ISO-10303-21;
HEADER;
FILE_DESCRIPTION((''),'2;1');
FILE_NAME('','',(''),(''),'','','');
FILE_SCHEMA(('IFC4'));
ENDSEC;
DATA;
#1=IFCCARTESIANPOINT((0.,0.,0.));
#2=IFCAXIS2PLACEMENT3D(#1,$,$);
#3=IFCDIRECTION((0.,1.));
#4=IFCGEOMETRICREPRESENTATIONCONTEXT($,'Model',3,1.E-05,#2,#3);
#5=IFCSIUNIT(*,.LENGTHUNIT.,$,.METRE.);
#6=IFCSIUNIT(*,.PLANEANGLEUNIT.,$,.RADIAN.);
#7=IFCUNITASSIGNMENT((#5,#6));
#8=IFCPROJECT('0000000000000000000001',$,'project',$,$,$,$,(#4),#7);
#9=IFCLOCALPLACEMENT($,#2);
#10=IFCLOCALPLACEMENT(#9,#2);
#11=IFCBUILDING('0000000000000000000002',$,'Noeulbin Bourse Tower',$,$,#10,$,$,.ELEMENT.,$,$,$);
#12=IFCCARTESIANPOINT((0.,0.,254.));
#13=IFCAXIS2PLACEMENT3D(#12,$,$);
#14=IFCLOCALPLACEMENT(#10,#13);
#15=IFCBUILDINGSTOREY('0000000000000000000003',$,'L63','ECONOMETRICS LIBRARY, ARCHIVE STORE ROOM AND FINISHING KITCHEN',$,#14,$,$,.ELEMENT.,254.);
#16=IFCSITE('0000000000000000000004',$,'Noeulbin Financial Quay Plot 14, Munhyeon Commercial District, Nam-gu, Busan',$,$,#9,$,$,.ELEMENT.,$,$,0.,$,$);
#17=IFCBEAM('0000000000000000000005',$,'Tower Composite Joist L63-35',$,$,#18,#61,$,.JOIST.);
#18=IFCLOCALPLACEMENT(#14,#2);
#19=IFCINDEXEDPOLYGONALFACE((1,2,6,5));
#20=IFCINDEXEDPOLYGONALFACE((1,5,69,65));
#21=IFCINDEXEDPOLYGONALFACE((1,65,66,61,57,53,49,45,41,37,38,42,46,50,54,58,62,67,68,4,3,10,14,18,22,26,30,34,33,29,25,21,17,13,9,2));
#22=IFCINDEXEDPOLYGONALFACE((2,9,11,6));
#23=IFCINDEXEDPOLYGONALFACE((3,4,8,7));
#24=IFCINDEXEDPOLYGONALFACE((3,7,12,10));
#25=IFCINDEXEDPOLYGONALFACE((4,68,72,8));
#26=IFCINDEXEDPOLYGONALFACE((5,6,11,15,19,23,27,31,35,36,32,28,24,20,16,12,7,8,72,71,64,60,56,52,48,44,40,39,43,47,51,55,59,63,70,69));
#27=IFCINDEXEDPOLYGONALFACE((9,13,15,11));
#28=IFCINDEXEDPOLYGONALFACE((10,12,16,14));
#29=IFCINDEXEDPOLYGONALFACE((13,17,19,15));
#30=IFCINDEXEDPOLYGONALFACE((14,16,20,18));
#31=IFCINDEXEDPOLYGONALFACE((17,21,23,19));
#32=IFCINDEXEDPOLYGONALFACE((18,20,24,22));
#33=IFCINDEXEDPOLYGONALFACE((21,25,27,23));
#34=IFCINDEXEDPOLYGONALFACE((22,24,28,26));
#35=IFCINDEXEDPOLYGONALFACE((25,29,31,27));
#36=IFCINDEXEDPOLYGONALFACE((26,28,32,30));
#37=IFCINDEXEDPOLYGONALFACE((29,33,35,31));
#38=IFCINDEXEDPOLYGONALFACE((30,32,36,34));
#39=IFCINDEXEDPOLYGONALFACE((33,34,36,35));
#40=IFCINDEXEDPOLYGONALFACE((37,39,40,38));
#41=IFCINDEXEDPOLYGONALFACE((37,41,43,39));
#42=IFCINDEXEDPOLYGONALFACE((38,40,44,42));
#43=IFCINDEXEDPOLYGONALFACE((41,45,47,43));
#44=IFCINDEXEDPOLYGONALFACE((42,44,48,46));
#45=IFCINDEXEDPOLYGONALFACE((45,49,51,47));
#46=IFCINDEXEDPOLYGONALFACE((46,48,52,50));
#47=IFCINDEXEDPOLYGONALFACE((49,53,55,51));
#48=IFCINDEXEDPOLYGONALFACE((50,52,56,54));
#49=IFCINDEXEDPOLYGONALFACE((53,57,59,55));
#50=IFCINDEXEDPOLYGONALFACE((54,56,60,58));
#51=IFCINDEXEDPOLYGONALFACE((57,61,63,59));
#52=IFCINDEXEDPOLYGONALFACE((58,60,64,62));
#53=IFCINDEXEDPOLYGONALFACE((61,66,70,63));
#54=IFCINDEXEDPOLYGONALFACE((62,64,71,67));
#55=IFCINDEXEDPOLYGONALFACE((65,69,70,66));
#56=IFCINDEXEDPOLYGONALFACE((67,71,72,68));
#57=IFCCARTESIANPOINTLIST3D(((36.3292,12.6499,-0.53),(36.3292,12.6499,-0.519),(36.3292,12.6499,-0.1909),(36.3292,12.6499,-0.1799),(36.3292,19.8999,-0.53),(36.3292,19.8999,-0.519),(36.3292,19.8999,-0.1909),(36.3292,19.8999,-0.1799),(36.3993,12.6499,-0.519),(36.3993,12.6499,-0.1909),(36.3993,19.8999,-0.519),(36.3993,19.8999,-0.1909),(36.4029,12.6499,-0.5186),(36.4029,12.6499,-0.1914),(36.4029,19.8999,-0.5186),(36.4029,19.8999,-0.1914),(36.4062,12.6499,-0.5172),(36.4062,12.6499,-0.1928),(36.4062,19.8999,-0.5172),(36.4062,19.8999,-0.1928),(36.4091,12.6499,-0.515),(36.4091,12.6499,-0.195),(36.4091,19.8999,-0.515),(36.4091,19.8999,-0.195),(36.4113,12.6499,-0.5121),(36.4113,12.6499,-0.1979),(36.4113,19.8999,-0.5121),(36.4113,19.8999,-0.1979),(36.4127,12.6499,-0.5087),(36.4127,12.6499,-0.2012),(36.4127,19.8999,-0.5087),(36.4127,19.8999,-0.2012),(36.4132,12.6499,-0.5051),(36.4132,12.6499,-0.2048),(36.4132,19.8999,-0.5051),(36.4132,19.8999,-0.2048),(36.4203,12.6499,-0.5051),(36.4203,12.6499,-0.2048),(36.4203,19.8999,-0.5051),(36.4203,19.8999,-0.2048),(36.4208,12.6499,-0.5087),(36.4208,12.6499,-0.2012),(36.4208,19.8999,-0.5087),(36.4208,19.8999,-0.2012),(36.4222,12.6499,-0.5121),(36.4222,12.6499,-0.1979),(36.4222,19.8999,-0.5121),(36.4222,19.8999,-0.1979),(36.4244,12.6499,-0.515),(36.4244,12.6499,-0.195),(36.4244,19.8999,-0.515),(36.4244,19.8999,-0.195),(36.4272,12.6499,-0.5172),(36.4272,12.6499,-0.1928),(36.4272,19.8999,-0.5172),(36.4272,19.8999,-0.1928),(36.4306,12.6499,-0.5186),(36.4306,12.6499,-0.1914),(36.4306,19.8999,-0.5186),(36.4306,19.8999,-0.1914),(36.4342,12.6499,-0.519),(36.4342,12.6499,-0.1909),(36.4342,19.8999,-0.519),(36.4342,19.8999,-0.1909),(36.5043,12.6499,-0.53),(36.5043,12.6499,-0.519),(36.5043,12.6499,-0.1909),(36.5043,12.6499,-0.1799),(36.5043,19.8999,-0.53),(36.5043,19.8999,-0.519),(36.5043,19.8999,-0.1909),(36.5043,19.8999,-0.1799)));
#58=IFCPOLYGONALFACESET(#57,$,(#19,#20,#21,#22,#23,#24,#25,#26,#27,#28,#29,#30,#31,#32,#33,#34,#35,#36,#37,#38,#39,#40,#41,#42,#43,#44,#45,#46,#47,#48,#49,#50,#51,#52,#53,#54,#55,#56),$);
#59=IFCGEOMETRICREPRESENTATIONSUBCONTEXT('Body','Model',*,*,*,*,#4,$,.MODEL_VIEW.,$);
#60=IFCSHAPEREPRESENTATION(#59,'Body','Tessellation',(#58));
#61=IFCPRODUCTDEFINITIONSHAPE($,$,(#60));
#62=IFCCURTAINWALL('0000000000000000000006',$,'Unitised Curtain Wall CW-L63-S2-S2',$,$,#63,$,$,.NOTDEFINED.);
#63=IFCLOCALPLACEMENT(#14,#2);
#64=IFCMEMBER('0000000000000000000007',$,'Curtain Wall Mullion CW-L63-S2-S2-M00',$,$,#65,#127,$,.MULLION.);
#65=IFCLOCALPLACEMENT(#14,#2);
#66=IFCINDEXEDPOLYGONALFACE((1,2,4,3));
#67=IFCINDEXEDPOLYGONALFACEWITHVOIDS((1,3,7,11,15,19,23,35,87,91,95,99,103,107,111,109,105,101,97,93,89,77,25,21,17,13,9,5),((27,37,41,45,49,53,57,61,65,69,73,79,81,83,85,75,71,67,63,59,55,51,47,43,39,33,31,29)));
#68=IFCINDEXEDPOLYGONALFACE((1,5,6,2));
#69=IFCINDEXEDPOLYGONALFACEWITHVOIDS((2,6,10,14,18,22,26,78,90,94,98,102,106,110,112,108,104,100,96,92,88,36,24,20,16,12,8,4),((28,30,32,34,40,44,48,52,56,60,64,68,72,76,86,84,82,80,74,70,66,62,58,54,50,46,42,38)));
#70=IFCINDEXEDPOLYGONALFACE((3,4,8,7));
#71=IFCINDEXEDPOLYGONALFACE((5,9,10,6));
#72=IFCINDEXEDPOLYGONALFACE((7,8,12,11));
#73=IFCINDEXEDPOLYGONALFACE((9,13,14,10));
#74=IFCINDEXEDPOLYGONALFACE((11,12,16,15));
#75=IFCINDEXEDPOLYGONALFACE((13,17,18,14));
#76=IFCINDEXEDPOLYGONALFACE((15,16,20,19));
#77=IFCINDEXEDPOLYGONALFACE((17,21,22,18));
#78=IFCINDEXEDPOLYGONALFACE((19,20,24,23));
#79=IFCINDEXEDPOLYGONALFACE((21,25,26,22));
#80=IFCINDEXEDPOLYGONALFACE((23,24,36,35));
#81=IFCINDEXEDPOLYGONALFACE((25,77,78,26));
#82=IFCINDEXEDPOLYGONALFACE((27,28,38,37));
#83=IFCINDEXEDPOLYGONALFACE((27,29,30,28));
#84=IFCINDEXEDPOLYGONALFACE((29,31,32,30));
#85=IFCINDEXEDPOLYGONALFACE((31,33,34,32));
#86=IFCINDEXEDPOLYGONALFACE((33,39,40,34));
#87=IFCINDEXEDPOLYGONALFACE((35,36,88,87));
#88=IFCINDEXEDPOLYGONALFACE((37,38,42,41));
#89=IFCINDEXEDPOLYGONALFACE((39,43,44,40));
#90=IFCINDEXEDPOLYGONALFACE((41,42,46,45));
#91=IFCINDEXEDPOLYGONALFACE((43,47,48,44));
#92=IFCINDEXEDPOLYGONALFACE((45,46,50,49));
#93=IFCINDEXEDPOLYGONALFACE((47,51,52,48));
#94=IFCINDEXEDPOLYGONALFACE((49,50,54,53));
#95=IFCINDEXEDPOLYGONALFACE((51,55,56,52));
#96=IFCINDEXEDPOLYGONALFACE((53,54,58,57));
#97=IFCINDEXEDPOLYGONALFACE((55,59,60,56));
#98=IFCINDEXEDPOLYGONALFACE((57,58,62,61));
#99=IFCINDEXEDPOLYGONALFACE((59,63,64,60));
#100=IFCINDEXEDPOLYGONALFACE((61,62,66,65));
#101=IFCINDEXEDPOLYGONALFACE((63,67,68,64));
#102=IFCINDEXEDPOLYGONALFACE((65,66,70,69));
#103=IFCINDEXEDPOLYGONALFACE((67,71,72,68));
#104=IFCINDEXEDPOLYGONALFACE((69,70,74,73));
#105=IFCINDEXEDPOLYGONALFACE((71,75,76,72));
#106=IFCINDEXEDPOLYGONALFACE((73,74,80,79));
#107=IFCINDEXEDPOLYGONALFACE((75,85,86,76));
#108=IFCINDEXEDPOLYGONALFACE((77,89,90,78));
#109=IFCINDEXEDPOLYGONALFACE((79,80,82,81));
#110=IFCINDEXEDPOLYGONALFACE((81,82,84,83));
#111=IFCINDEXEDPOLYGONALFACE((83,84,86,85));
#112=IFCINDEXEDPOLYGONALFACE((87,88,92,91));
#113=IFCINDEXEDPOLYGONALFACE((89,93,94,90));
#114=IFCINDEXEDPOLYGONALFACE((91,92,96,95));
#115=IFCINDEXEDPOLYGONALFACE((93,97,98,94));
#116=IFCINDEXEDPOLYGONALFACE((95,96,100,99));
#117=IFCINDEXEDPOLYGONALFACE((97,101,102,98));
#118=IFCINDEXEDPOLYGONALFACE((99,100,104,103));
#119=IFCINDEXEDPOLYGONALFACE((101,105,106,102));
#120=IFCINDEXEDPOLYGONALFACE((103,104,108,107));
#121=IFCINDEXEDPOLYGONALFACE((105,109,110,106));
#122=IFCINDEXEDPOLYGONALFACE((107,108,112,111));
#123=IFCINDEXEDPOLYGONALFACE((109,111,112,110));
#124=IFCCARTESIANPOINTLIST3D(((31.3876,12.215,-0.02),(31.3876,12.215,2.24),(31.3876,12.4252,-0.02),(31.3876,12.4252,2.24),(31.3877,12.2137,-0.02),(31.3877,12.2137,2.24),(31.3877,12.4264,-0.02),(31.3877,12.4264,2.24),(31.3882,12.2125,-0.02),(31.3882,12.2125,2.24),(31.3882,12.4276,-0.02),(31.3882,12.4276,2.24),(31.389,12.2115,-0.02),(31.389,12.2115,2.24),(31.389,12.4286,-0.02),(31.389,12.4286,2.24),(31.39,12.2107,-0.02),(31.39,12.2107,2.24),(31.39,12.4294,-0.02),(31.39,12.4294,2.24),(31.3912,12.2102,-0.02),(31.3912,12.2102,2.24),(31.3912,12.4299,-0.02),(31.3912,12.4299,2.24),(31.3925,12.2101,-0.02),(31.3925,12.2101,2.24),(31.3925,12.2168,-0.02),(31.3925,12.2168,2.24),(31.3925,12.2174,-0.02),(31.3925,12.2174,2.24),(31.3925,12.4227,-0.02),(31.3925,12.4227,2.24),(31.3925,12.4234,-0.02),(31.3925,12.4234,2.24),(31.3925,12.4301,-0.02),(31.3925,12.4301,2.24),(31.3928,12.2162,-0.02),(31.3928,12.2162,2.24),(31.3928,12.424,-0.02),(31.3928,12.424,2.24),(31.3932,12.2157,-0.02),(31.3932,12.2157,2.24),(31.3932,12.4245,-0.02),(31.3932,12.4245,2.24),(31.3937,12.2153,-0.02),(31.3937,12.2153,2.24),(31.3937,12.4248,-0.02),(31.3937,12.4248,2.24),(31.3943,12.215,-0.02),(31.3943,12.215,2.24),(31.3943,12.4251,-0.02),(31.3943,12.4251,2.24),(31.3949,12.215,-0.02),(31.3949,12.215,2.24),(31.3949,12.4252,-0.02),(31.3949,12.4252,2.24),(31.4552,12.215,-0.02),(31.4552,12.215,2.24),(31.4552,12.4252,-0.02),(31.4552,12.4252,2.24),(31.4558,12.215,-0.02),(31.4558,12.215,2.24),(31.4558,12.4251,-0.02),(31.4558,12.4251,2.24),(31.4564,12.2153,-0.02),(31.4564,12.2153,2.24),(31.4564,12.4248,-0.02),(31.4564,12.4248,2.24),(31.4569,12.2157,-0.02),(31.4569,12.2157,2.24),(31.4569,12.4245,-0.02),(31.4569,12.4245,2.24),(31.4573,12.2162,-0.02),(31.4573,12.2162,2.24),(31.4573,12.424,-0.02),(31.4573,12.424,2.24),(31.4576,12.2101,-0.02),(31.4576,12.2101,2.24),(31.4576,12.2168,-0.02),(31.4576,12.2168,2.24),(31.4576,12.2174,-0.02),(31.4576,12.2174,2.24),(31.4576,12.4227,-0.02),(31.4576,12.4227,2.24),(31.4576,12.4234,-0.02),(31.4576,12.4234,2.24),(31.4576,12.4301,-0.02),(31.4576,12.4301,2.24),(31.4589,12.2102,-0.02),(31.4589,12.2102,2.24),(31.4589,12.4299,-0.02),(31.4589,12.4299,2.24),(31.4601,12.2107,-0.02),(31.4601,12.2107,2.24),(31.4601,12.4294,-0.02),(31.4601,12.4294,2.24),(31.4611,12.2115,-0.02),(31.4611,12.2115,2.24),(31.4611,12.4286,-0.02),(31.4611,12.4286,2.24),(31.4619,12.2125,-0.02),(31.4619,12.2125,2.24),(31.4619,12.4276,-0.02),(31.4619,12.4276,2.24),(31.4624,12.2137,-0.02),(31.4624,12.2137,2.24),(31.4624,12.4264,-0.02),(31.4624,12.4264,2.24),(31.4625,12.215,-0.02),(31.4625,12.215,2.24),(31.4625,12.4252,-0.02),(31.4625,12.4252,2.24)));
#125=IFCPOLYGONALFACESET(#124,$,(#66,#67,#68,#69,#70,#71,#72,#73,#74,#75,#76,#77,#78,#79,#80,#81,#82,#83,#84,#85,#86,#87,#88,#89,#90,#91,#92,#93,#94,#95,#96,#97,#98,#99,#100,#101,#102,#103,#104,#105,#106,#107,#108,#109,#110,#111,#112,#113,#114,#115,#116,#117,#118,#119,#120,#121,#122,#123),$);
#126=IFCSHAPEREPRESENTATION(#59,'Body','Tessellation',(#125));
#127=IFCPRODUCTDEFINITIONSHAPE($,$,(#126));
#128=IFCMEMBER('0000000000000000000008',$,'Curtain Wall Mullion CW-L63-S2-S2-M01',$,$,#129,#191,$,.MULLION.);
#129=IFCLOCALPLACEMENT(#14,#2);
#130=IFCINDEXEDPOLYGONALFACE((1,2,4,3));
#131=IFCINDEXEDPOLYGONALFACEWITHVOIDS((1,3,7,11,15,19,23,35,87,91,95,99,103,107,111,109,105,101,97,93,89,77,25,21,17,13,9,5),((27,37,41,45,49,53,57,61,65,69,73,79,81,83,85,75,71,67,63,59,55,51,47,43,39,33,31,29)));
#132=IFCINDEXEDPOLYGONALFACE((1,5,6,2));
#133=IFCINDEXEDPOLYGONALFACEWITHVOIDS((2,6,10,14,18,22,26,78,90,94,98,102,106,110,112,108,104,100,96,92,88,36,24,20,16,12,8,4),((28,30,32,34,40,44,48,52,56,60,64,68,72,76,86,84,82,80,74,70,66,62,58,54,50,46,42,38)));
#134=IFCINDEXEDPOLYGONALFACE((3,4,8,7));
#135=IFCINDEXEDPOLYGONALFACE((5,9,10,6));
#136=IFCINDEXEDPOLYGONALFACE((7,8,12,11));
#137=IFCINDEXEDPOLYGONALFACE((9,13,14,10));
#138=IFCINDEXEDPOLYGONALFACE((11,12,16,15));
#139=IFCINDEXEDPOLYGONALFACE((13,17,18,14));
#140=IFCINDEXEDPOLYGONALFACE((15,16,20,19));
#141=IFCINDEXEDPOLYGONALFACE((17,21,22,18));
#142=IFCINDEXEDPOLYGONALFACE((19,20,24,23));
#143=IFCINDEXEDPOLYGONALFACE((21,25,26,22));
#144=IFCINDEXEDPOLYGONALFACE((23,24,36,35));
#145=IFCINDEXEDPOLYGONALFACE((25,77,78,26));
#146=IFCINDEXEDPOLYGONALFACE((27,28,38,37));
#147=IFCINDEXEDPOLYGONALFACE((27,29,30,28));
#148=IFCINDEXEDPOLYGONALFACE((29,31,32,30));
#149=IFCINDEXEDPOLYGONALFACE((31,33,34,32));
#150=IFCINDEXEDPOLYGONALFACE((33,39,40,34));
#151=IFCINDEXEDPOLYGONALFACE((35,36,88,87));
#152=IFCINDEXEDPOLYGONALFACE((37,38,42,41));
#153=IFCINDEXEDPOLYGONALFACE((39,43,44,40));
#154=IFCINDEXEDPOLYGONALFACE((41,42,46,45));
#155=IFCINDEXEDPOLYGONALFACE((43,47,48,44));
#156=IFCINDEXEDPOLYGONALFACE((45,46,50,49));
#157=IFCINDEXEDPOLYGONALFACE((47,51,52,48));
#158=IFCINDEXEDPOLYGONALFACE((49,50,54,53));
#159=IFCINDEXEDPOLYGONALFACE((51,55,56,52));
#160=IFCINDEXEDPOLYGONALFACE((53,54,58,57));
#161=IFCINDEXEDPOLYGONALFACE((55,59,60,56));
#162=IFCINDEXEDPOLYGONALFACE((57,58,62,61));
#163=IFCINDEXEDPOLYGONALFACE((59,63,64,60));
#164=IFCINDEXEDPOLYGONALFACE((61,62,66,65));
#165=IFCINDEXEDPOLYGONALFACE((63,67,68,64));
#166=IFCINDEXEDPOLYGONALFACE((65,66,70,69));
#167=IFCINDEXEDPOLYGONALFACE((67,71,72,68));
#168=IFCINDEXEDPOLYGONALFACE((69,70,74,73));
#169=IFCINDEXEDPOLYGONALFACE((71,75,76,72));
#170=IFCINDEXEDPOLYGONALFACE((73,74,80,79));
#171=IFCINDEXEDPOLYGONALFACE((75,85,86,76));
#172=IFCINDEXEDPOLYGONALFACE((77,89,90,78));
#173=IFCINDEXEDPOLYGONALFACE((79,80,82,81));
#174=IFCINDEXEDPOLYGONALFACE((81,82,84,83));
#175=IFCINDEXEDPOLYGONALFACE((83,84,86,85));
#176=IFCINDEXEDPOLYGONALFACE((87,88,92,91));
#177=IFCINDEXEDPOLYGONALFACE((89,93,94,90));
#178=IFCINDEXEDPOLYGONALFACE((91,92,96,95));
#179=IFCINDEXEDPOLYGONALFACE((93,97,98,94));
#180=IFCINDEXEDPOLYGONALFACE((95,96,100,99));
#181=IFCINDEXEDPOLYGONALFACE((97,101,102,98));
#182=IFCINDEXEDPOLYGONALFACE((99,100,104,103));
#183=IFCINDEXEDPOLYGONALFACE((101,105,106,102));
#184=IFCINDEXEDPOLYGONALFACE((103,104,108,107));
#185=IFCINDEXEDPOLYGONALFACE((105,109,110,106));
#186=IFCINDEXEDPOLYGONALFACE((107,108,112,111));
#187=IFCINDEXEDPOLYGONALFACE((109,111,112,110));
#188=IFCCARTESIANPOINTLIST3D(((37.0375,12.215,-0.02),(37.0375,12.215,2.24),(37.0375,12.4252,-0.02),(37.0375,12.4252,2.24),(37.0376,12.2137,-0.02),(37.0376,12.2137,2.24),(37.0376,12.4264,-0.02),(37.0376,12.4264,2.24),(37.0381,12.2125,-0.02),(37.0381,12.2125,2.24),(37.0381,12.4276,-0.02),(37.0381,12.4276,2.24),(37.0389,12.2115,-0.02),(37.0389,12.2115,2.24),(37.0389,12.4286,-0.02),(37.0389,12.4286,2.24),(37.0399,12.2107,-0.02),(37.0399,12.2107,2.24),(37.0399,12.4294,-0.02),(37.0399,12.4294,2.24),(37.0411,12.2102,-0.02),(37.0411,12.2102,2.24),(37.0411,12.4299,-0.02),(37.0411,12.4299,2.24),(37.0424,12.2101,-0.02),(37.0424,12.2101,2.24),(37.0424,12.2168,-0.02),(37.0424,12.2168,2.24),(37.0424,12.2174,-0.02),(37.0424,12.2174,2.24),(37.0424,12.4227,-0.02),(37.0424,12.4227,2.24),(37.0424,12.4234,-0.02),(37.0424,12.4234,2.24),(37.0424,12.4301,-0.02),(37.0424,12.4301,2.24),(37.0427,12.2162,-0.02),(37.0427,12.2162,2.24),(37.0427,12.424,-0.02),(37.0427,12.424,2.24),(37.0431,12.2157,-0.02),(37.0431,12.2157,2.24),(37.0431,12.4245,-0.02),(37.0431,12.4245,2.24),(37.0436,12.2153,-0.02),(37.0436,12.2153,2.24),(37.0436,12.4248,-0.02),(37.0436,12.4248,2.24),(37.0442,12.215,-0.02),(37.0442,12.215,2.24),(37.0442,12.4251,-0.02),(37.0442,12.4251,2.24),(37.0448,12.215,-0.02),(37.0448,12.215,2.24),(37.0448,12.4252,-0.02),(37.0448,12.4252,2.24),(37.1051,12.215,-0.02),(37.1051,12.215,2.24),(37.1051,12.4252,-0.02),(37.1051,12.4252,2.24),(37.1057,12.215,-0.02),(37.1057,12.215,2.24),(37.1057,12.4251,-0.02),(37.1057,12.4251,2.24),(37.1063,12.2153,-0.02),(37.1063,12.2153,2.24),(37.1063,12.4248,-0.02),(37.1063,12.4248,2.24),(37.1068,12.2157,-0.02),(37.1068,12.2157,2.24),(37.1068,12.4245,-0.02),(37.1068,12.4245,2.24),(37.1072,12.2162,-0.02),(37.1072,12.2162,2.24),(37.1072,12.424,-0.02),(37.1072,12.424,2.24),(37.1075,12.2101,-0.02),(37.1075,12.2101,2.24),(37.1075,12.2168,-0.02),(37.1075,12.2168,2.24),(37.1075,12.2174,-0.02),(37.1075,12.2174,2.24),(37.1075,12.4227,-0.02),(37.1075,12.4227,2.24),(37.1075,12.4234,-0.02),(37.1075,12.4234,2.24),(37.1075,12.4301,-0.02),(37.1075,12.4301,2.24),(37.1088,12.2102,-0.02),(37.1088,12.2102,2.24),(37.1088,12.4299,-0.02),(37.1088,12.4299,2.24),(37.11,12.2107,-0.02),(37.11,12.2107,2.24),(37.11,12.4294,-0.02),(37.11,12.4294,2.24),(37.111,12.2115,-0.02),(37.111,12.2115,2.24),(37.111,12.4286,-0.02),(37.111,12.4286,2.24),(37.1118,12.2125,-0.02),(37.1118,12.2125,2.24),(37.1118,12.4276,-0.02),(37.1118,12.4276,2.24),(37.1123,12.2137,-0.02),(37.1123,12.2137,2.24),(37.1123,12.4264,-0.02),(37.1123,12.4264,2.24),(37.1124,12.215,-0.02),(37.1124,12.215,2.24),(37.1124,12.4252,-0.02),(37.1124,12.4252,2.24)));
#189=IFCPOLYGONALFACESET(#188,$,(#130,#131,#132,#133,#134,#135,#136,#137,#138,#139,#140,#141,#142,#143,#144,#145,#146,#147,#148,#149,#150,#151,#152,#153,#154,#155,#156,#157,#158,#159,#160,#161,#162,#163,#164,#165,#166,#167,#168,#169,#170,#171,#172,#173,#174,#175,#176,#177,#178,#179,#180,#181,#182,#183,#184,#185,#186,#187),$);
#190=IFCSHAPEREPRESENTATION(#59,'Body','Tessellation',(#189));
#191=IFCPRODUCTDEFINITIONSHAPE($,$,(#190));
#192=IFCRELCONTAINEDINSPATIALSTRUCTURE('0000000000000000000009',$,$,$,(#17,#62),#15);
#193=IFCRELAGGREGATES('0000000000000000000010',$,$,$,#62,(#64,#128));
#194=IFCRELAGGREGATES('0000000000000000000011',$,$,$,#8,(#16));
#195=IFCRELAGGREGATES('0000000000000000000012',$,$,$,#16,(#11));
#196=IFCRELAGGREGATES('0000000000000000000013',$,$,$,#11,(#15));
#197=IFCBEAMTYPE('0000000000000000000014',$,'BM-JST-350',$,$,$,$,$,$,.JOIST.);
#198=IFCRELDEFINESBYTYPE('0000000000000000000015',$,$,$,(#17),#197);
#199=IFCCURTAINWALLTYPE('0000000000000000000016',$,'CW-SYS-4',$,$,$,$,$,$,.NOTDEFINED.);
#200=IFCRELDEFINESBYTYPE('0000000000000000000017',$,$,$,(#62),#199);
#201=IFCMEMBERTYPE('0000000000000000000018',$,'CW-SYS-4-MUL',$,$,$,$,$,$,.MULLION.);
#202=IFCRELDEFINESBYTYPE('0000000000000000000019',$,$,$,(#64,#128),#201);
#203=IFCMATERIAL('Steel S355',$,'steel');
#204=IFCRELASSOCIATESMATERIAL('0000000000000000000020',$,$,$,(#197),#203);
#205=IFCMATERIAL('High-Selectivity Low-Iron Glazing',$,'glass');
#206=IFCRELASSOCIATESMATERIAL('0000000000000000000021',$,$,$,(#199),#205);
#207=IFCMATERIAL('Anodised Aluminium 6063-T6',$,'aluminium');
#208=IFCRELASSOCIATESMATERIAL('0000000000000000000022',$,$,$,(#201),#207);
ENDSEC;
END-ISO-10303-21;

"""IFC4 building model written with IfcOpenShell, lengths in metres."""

from ifc_helpers import new_model, si_unit, direction, frame, origin, origin_2d, place, context, subcontext, project, spatial, hollow_rectangle, i_section, extrude, material, material_profile, profile_set, type_object, element, aggregate, save


model = new_model("IFC4")

# Units and contexts
model_context = context("Model", 3, precision=1e-05, world=origin(), true_north=direction((0.0, 1.0)))
body_context = subcontext(model_context, "Body", "Model", "MODEL_VIEW")
ifc_project = project(units=[si_unit("LENGTHUNIT", "METRE"), si_unit("PLANEANGLEUNIT", "RADIAN")], contexts=[model_context])

# Site, building, storey
site_placement = place(None, origin())
site = spatial("IfcSite", under=ifc_project, at=site_placement, Name="Noeulbin Financial Quay Plot 14, Munhyeon Commercial District, Nam-gu, Busan", CompositionType="ELEMENT", RefElevation=0.0)
building_placement = place(site_placement, origin())
building = spatial("IfcBuilding", under=site, at=building_placement, Name="Noeulbin Bourse Tower", CompositionType="ELEMENT")
storey_placement = place(building_placement, frame((0.0, 0.0, 254.0)))
storey = spatial("IfcBuildingStorey", under=building, at=storey_placement, Name="L63", Description="ECONOMETRICS LIBRARY, ARCHIVE STORE ROOM AND FINISHING KITCHEN", CompositionType="ELEMENT", Elevation=254.0)

# Shared definitions
ifc_material_1 = material(Name="Steel S355", Category="steel")

# Beam
ifc_material_profile_1 = material_profile(ifc_material_1, i_section(OverallWidth=0.175, OverallDepth=0.3501, WebThickness=0.0071, FlangeThickness=0.011, FilletRadius=0.0139, at=origin_2d()), Name="H-350x175x7x11", Category="LoadBearing")
ifc_profile_set_1 = profile_set([ifc_material_profile_1], Name="Steel S355")
beam_type_1 = type_object("IfcBeamType", Name="BM-JST-350", PredefinedType="JOIST", material=ifc_profile_set_1)
for number, where, z_axis, x_axis, name in (
    (1, (36.4167, 12.6499, -0.355), (0.0, 1.0, 0.0), (-1.0, 0.0, 0.0), "Tower Composite Joist L63-35"),
):
    element("IfcBeam", number, at=place(storey_placement, frame(where, z_axis=z_axis, x_axis=x_axis)), inside=storey, type_object=beam_type_1, Name=name, PredefinedType="JOIST", context=body_context, shape_type="SweptSolid", body=[
        extrude(i_section(OverallWidth=0.175, OverallDepth=0.3501, WebThickness=0.0071, FlangeThickness=0.011, FilletRadius=0.0139, at=origin_2d()), origin(), (0.0, 0.0, 1.0), 7.25),
    ])

# Curtain wall, members
ifc_material_2 = material(Name="High-Selectivity Low-Iron Glazing", Category="glass")
curtain_wall_type = type_object("IfcCurtainWallType", Name="CW-SYS-4", PredefinedType="NOTDEFINED", material=ifc_material_2)
curtain_wall_1_placement = place(storey_placement, origin())
curtain_wall_1 = element("IfcCurtainWall", 2, at=curtain_wall_1_placement, inside=storey, type_object=curtain_wall_type, Name="Unitised Curtain Wall CW-L63-S2-S2", PredefinedType="NOTDEFINED")
ifc_material_3 = material(Name="Anodised Aluminium 6063-T6", Category="aluminium")
ifc_material_profile_2 = material_profile(ifc_material_3, hollow_rectangle(XDim=0.075, YDim=0.22, WallThickness=0.0049, InnerFilletRadius=0.0024, OuterFilletRadius=0.0049, at=origin_2d()), Name="ALU-MULL-75x220x5", Category="LoadBearing")
ifc_profile_set_2 = profile_set([ifc_material_profile_2], Name="Anodised Aluminium 6063-T6")
member_type_1 = type_object("IfcMemberType", Name="CW-SYS-4-MUL", PredefinedType="MULLION", material=ifc_profile_set_2)
member_1_placement = place(storey_placement, frame((31.425, 12.3201, -0.02), z_axis=(0.0, 0.0, 1.0), x_axis=(1.0, 0.0, 0.0)))
member_1 = element("IfcMember", 3, at=member_1_placement, type_object=member_type_1, Name="Curtain Wall Mullion CW-L63-S2-S2-M00", PredefinedType="MULLION", context=body_context, shape_type="SweptSolid", body=[
    extrude(hollow_rectangle(XDim=0.075, YDim=0.22, WallThickness=0.0049, InnerFilletRadius=0.0024, OuterFilletRadius=0.0049, at=origin_2d()), origin(), (0.0, 0.0, 1.0), 2.26),
])
member_2_placement = place(storey_placement, frame((37.075, 12.3201, -0.02), z_axis=(0.0, 0.0, 1.0), x_axis=(1.0, 0.0, 0.0)))
member_2 = element("IfcMember", 4, at=member_2_placement, type_object=member_type_1, Name="Curtain Wall Mullion CW-L63-S2-S2-M01", PredefinedType="MULLION", context=body_context, shape_type="SweptSolid", body=[
    extrude(hollow_rectangle(XDim=0.075, YDim=0.22, WallThickness=0.0049, InnerFilletRadius=0.0024, OuterFilletRadius=0.0049, at=origin_2d()), origin(), (0.0, 0.0, 1.0), 2.26),
])

aggregate(curtain_wall_1, [member_1, member_2])

save(model, "model.ifc")
